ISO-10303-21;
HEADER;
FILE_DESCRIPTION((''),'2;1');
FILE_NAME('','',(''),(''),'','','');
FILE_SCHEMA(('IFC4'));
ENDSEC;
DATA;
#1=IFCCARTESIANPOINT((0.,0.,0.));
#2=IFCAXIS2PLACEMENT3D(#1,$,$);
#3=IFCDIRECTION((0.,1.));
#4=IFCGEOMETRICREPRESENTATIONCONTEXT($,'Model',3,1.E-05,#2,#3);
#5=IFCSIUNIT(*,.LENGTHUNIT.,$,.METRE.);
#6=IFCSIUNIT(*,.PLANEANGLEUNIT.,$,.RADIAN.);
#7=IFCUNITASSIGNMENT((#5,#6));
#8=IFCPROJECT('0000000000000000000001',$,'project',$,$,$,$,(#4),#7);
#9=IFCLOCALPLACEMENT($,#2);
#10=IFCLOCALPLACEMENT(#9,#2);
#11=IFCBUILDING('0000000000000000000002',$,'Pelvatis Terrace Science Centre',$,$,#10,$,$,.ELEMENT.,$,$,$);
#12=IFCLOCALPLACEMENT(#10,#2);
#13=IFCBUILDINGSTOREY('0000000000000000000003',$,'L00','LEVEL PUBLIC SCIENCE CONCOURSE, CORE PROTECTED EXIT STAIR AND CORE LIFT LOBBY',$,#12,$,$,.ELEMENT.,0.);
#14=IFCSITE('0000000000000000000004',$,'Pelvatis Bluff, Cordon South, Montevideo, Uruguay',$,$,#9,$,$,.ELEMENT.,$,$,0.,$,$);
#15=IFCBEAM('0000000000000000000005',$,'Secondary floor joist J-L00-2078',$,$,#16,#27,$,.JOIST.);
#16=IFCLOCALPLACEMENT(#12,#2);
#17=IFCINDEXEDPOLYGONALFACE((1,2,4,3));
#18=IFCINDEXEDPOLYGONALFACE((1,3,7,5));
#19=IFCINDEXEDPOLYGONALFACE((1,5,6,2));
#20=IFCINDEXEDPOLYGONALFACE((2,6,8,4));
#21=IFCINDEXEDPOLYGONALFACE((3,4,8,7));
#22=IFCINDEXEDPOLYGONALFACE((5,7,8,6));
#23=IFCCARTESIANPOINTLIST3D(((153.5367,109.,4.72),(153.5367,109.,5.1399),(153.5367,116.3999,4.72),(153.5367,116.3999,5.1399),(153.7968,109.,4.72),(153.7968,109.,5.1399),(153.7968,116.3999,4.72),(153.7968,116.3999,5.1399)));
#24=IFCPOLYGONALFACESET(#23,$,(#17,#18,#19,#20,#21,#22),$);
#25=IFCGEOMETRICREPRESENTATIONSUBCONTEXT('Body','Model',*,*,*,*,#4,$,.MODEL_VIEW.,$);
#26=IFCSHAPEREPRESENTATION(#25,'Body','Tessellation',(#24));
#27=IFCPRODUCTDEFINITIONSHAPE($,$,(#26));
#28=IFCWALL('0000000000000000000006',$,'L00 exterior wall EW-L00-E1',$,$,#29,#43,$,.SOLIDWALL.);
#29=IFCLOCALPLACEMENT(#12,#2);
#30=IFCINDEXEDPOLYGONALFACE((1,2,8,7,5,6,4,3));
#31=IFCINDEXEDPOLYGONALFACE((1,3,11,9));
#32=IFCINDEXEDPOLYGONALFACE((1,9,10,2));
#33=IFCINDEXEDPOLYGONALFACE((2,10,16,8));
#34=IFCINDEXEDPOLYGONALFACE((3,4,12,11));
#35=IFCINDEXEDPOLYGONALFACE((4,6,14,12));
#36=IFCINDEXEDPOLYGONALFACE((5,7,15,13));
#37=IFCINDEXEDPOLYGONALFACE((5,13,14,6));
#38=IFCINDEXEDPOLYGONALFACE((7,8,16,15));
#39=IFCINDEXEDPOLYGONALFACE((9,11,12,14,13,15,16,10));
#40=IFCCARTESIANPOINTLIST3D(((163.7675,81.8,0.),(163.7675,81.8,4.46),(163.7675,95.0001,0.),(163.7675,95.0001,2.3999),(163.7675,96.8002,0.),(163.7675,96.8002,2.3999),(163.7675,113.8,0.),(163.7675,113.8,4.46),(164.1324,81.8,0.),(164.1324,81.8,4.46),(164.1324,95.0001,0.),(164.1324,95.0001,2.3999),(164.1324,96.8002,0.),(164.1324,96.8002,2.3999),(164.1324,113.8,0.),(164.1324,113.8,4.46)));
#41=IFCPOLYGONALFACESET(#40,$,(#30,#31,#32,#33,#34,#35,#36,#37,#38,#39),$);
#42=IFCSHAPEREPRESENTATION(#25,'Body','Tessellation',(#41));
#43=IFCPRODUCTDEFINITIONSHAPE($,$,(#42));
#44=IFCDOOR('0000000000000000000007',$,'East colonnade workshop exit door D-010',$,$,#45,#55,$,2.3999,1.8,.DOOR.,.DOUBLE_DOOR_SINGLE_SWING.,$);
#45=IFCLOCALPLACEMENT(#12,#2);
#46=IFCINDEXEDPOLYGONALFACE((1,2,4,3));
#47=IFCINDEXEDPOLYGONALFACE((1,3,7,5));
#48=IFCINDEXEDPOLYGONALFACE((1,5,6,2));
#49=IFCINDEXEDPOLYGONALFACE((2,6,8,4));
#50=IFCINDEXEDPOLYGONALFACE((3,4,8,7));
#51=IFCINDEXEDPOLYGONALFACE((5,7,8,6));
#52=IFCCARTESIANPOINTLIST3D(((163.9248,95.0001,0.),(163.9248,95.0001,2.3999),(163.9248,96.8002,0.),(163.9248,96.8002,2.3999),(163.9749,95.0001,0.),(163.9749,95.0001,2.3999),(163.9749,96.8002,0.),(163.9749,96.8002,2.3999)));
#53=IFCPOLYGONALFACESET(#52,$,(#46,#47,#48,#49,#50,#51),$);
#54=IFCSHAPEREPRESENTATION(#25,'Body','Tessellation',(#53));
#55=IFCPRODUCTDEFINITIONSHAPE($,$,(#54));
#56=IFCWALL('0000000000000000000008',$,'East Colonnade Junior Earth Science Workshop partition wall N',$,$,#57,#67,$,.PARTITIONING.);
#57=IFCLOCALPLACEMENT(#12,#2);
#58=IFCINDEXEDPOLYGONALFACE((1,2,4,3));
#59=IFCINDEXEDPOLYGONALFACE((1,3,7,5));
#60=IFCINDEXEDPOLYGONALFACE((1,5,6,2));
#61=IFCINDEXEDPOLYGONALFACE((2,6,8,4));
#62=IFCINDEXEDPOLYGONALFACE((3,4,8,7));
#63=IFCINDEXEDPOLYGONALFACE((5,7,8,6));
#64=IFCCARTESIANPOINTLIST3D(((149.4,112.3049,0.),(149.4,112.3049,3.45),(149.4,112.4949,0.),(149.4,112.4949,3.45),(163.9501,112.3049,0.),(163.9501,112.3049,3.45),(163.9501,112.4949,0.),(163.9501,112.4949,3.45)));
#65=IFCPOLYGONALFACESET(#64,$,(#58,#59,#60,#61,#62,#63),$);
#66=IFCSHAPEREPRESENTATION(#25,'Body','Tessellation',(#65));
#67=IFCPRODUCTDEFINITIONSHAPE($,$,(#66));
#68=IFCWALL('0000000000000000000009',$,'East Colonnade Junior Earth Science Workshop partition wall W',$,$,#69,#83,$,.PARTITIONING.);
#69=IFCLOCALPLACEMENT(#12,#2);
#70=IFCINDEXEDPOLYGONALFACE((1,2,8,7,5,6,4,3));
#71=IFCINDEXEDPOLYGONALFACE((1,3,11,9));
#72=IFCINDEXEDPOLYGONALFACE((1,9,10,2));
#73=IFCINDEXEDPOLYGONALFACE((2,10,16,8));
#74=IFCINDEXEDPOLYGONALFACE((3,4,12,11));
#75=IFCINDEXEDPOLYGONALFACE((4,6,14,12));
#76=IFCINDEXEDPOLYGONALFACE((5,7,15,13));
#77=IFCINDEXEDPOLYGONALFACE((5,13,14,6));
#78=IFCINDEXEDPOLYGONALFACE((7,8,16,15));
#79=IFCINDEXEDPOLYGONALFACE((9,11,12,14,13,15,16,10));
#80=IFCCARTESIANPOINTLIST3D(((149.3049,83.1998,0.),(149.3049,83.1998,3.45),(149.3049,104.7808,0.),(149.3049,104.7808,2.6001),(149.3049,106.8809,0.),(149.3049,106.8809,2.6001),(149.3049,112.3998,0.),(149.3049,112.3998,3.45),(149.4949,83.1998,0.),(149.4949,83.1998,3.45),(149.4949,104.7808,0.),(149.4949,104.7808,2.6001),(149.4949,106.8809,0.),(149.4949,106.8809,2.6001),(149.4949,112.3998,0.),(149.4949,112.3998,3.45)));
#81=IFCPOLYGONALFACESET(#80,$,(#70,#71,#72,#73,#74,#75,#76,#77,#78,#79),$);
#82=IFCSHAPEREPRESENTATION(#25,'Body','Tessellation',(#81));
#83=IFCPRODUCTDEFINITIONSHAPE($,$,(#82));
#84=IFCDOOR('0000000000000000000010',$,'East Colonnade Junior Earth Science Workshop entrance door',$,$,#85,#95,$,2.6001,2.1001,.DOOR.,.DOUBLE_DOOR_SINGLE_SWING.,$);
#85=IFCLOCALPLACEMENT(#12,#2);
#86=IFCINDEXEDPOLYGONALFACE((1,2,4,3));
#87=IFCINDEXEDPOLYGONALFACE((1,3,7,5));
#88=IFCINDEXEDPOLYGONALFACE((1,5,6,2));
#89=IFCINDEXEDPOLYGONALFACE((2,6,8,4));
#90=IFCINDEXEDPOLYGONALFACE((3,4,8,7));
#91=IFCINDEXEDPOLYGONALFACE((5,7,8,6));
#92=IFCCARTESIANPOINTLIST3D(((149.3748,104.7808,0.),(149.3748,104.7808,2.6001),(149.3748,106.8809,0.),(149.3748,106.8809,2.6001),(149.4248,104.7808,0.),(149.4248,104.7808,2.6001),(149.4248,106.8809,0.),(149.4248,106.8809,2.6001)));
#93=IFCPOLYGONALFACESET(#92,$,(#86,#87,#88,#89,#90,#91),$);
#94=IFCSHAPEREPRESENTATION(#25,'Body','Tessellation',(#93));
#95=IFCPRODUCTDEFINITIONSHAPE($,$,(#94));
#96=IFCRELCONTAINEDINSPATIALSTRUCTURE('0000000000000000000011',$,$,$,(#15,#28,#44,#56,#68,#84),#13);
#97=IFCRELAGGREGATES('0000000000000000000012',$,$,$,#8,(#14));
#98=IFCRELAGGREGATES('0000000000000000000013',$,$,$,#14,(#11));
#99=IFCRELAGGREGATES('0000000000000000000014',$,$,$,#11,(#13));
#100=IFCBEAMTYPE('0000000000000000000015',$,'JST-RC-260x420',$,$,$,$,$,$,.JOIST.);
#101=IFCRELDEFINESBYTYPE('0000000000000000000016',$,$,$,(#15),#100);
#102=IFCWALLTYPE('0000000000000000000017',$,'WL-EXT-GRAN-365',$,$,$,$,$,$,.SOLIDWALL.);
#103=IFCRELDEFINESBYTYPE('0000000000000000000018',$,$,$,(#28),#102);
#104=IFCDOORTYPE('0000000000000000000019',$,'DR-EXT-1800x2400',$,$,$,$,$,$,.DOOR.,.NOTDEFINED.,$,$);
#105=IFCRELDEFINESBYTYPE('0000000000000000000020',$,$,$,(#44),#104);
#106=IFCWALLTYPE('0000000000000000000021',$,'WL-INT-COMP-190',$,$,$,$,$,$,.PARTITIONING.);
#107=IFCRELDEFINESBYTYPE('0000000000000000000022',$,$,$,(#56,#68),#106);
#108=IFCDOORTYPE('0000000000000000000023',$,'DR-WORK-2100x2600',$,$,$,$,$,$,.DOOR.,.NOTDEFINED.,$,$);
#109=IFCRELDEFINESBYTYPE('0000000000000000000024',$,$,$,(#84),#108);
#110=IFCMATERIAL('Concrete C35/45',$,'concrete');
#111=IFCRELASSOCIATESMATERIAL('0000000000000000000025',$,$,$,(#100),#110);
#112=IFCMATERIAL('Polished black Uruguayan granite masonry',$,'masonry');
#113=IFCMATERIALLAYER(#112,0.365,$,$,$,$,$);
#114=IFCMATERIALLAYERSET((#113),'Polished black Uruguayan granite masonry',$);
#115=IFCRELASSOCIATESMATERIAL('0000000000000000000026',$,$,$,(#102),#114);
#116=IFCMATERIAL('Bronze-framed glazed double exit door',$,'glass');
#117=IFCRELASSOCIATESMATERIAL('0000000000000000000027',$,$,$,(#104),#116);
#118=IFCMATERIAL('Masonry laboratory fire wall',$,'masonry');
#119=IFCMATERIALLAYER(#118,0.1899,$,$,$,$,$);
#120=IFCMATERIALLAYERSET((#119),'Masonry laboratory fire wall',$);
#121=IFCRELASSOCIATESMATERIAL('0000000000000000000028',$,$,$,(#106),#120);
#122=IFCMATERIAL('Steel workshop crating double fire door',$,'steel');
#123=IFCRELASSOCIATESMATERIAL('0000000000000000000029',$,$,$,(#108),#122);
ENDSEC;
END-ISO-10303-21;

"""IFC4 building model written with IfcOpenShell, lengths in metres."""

from ifc_helpers import new_model, si_unit, direction, frame, frame_2d, origin, origin_2d, place, context, subcontext, project, spatial, rectangle, extrude, material, layer, layer_set, material_profile, profile_set, type_object, element, fill, save


model = new_model("IFC4")

# Units and contexts
model_context = context("Model", 3, precision=1e-05, world=origin(), true_north=direction((0.0, 1.0)))
body_context = subcontext(model_context, "Body", "Model", "MODEL_VIEW")
ifc_project = project(units=[si_unit("LENGTHUNIT", "METRE"), si_unit("PLANEANGLEUNIT", "RADIAN")], contexts=[model_context])

# Site, building, storey
site_placement = place(None, origin())
site = spatial("IfcSite", under=ifc_project, at=site_placement, Name="Pelvatis Bluff, Cordon South, Montevideo, Uruguay", CompositionType="ELEMENT", RefElevation=0.0)
building_placement = place(site_placement, origin())
building = spatial("IfcBuilding", under=site, at=building_placement, Name="Pelvatis Terrace Science Centre", CompositionType="ELEMENT")
storey_placement = place(building_placement, origin())
storey = spatial("IfcBuildingStorey", under=building, at=storey_placement, Name="L00", Description="LEVEL PUBLIC SCIENCE CONCOURSE, CORE PROTECTED EXIT STAIR AND CORE LIFT LOBBY", CompositionType="ELEMENT", Elevation=0.0)

# Beam
ifc_material_1 = material(Name="Concrete C35/45", Category="concrete")
ifc_material_profile_1 = material_profile(ifc_material_1, rectangle(XDim=0.26, YDim=0.4199, at=origin_2d()), Name="RC-JST 260x420")
ifc_profile_set_1 = profile_set([ifc_material_profile_1], Name="Concrete C35/45")
beam_type_1 = type_object("IfcBeamType", Name="JST-RC-260x420", PredefinedType="JOIST", material=ifc_profile_set_1)
for number, where, z_axis, x_axis, name in (
    (1, (153.6667, 109.0, 4.9299), (0.0, 1.0, 0.0), (-1.0, 0.0, 0.0), "Secondary floor joist J-L00-2078"),
):
    element("IfcBeam", number, at=place(storey_placement, frame(where, z_axis=z_axis, x_axis=x_axis)), inside=storey, type_object=beam_type_1, Name=name, PredefinedType="JOIST", context=body_context, shape_type="SweptSolid", body=[
        extrude(rectangle(XDim=0.26, YDim=0.4199, at=origin_2d()), origin(), (0.0, 0.0, 1.0), 7.3999),
    ])

# Wall, opening, door
ifc_material_2 = material(Name="Polished black Uruguayan granite masonry", Category="masonry")
ifc_layer_1 = layer(ifc_material_2, 0.365)
ifc_layer_set_1 = layer_set([ifc_layer_1], Name="Polished black Uruguayan granite masonry")
wall_type_1 = type_object("IfcWallType", Name="WL-EXT-GRAN-365", PredefinedType="SOLIDWALL", material=ifc_layer_set_1)
wall_1_placement = place(storey_placement, frame((163.95, 113.8, 0.0), z_axis=(0.0, 0.0, 1.0), x_axis=(0.0, -1.0, 0.0)))
wall_1 = element("IfcWall", 2, at=wall_1_placement, inside=storey, type_object=wall_type_1, Name="L00 exterior wall EW-L00-E1", PredefinedType="SOLIDWALL", context=body_context, shape_type="SweptSolid", body=[
    extrude(rectangle(XDim=32.0, YDim=0.365, at=frame_2d((16.0, 0.0))), origin(), (0.0, 0.0, 1.0), 4.46),
])
opening_1_placement = place(wall_1_placement, frame((17.0, 0.0, 0.0)))
opening_1 = element("IfcOpeningElement", 3, at=opening_1_placement, cuts=wall_1, PredefinedType="OPENING", context=body_context, shape_type="SweptSolid", body=[
    extrude(rectangle(XDim=1.8, YDim=2.3999, at=frame_2d((0.8999, 1.2))), frame((0.0, 0.1924, 0.0), z_axis=(0.0, -1.0, 0.0), x_axis=(1.0, 0.0, 0.0)), (0.0, 0.0, 1.0), 0.385),
])
ifc_material_3 = material(Name="Bronze-framed glazed double exit door", Category="glass")
door_type_1 = type_object("IfcDoorType", Name="DR-EXT-1800x2400", OperationType="NOTDEFINED", PredefinedType="DOOR", material=ifc_material_3)
door_1_placement = place(opening_1_placement, origin())
door_1 = element("IfcDoor", 4, at=door_1_placement, inside=storey, type_object=door_type_1, Name="East colonnade workshop exit door D-010", OperationType="DOUBLE_DOOR_SINGLE_SWING", OverallHeight=2.3999, OverallWidth=1.8, PredefinedType="DOOR", context=body_context, shape_type="SweptSolid", body=[
    extrude(rectangle(XDim=1.8, YDim=2.3999, at=frame_2d((0.8999, 1.2))), frame((0.0, 0.0249, 0.0), z_axis=(0.0, -1.0, 0.0), x_axis=(1.0, 0.0, 0.0)), (0.0, 0.0, 1.0), 0.05),
])
fill(opening_1, door_1)

# Wall
ifc_material_4 = material(Name="Masonry laboratory fire wall", Category="masonry")
ifc_layer_2 = layer(ifc_material_4, 0.1899)
ifc_layer_set_2 = layer_set([ifc_layer_2], Name="Masonry laboratory fire wall")
wall_type_2 = type_object("IfcWallType", Name="WL-INT-COMP-190", PredefinedType="PARTITIONING", material=ifc_layer_set_2)
wall_2_placement = place(storey_placement, frame((163.95, 112.3999, 0.0), z_axis=(0.0, 0.0, 1.0), x_axis=(-1.0, 0.0, 0.0)))
element("IfcWall", 5, at=wall_2_placement, inside=storey, type_object=wall_type_2, Name="East Colonnade Junior Earth Science Workshop partition wall N", PredefinedType="PARTITIONING", context=body_context, shape_type="SweptSolid", body=[
    extrude(rectangle(XDim=14.55, YDim=0.1899, at=frame_2d((7.2749, 0.0))), origin(), (0.0, 0.0, 1.0), 3.45),
])

# Wall, opening, door
wall_3_placement = place(storey_placement, frame((149.3999, 112.3999, 0.0), z_axis=(0.0, 0.0, 1.0), x_axis=(0.0, -1.0, 0.0)))
wall_3 = element("IfcWall", 6, at=wall_3_placement, inside=storey, type_object=wall_type_2, Name="East Colonnade Junior Earth Science Workshop partition wall W", PredefinedType="PARTITIONING", context=body_context, shape_type="SweptSolid", body=[
    extrude(rectangle(XDim=29.2, YDim=0.1899, at=frame_2d((14.6001, 0.0))), origin(), (0.0, 0.0, 1.0), 3.45),
])
opening_2_placement = place(wall_3_placement, frame((5.519, 0.0, 0.0)))
opening_2 = element("IfcOpeningElement", 7, at=opening_2_placement, cuts=wall_3, PredefinedType="OPENING", context=body_context, shape_type="SweptSolid", body=[
    extrude(rectangle(XDim=2.1001, YDim=2.6001, at=frame_2d((1.05, 1.3))), frame((0.0, 0.105, 0.0), z_axis=(0.0, -1.0, 0.0), x_axis=(1.0, 0.0, 0.0)), (0.0, 0.0, 1.0), 0.21),
])
ifc_material_5 = material(Name="Steel workshop crating double fire door", Category="steel")
door_type_2 = type_object("IfcDoorType", Name="DR-WORK-2100x2600", OperationType="NOTDEFINED", PredefinedType="DOOR", material=ifc_material_5)
door_2_placement = place(opening_2_placement, origin())
door_2 = element("IfcDoor", 8, at=door_2_placement, inside=storey, type_object=door_type_2, Name="East Colonnade Junior Earth Science Workshop entrance door", OperationType="DOUBLE_DOOR_SINGLE_SWING", OverallHeight=2.6001, OverallWidth=2.1001, PredefinedType="DOOR", context=body_context, shape_type="SweptSolid", body=[
    extrude(rectangle(XDim=2.1001, YDim=2.6001, at=frame_2d((1.05, 1.3))), frame((0.0, 0.0249, 0.0), z_axis=(0.0, -1.0, 0.0), x_axis=(1.0, 0.0, 0.0)), (0.0, 0.0, 1.0), 0.05),
])
fill(opening_2, door_2)

save(model, "model.ifc")
